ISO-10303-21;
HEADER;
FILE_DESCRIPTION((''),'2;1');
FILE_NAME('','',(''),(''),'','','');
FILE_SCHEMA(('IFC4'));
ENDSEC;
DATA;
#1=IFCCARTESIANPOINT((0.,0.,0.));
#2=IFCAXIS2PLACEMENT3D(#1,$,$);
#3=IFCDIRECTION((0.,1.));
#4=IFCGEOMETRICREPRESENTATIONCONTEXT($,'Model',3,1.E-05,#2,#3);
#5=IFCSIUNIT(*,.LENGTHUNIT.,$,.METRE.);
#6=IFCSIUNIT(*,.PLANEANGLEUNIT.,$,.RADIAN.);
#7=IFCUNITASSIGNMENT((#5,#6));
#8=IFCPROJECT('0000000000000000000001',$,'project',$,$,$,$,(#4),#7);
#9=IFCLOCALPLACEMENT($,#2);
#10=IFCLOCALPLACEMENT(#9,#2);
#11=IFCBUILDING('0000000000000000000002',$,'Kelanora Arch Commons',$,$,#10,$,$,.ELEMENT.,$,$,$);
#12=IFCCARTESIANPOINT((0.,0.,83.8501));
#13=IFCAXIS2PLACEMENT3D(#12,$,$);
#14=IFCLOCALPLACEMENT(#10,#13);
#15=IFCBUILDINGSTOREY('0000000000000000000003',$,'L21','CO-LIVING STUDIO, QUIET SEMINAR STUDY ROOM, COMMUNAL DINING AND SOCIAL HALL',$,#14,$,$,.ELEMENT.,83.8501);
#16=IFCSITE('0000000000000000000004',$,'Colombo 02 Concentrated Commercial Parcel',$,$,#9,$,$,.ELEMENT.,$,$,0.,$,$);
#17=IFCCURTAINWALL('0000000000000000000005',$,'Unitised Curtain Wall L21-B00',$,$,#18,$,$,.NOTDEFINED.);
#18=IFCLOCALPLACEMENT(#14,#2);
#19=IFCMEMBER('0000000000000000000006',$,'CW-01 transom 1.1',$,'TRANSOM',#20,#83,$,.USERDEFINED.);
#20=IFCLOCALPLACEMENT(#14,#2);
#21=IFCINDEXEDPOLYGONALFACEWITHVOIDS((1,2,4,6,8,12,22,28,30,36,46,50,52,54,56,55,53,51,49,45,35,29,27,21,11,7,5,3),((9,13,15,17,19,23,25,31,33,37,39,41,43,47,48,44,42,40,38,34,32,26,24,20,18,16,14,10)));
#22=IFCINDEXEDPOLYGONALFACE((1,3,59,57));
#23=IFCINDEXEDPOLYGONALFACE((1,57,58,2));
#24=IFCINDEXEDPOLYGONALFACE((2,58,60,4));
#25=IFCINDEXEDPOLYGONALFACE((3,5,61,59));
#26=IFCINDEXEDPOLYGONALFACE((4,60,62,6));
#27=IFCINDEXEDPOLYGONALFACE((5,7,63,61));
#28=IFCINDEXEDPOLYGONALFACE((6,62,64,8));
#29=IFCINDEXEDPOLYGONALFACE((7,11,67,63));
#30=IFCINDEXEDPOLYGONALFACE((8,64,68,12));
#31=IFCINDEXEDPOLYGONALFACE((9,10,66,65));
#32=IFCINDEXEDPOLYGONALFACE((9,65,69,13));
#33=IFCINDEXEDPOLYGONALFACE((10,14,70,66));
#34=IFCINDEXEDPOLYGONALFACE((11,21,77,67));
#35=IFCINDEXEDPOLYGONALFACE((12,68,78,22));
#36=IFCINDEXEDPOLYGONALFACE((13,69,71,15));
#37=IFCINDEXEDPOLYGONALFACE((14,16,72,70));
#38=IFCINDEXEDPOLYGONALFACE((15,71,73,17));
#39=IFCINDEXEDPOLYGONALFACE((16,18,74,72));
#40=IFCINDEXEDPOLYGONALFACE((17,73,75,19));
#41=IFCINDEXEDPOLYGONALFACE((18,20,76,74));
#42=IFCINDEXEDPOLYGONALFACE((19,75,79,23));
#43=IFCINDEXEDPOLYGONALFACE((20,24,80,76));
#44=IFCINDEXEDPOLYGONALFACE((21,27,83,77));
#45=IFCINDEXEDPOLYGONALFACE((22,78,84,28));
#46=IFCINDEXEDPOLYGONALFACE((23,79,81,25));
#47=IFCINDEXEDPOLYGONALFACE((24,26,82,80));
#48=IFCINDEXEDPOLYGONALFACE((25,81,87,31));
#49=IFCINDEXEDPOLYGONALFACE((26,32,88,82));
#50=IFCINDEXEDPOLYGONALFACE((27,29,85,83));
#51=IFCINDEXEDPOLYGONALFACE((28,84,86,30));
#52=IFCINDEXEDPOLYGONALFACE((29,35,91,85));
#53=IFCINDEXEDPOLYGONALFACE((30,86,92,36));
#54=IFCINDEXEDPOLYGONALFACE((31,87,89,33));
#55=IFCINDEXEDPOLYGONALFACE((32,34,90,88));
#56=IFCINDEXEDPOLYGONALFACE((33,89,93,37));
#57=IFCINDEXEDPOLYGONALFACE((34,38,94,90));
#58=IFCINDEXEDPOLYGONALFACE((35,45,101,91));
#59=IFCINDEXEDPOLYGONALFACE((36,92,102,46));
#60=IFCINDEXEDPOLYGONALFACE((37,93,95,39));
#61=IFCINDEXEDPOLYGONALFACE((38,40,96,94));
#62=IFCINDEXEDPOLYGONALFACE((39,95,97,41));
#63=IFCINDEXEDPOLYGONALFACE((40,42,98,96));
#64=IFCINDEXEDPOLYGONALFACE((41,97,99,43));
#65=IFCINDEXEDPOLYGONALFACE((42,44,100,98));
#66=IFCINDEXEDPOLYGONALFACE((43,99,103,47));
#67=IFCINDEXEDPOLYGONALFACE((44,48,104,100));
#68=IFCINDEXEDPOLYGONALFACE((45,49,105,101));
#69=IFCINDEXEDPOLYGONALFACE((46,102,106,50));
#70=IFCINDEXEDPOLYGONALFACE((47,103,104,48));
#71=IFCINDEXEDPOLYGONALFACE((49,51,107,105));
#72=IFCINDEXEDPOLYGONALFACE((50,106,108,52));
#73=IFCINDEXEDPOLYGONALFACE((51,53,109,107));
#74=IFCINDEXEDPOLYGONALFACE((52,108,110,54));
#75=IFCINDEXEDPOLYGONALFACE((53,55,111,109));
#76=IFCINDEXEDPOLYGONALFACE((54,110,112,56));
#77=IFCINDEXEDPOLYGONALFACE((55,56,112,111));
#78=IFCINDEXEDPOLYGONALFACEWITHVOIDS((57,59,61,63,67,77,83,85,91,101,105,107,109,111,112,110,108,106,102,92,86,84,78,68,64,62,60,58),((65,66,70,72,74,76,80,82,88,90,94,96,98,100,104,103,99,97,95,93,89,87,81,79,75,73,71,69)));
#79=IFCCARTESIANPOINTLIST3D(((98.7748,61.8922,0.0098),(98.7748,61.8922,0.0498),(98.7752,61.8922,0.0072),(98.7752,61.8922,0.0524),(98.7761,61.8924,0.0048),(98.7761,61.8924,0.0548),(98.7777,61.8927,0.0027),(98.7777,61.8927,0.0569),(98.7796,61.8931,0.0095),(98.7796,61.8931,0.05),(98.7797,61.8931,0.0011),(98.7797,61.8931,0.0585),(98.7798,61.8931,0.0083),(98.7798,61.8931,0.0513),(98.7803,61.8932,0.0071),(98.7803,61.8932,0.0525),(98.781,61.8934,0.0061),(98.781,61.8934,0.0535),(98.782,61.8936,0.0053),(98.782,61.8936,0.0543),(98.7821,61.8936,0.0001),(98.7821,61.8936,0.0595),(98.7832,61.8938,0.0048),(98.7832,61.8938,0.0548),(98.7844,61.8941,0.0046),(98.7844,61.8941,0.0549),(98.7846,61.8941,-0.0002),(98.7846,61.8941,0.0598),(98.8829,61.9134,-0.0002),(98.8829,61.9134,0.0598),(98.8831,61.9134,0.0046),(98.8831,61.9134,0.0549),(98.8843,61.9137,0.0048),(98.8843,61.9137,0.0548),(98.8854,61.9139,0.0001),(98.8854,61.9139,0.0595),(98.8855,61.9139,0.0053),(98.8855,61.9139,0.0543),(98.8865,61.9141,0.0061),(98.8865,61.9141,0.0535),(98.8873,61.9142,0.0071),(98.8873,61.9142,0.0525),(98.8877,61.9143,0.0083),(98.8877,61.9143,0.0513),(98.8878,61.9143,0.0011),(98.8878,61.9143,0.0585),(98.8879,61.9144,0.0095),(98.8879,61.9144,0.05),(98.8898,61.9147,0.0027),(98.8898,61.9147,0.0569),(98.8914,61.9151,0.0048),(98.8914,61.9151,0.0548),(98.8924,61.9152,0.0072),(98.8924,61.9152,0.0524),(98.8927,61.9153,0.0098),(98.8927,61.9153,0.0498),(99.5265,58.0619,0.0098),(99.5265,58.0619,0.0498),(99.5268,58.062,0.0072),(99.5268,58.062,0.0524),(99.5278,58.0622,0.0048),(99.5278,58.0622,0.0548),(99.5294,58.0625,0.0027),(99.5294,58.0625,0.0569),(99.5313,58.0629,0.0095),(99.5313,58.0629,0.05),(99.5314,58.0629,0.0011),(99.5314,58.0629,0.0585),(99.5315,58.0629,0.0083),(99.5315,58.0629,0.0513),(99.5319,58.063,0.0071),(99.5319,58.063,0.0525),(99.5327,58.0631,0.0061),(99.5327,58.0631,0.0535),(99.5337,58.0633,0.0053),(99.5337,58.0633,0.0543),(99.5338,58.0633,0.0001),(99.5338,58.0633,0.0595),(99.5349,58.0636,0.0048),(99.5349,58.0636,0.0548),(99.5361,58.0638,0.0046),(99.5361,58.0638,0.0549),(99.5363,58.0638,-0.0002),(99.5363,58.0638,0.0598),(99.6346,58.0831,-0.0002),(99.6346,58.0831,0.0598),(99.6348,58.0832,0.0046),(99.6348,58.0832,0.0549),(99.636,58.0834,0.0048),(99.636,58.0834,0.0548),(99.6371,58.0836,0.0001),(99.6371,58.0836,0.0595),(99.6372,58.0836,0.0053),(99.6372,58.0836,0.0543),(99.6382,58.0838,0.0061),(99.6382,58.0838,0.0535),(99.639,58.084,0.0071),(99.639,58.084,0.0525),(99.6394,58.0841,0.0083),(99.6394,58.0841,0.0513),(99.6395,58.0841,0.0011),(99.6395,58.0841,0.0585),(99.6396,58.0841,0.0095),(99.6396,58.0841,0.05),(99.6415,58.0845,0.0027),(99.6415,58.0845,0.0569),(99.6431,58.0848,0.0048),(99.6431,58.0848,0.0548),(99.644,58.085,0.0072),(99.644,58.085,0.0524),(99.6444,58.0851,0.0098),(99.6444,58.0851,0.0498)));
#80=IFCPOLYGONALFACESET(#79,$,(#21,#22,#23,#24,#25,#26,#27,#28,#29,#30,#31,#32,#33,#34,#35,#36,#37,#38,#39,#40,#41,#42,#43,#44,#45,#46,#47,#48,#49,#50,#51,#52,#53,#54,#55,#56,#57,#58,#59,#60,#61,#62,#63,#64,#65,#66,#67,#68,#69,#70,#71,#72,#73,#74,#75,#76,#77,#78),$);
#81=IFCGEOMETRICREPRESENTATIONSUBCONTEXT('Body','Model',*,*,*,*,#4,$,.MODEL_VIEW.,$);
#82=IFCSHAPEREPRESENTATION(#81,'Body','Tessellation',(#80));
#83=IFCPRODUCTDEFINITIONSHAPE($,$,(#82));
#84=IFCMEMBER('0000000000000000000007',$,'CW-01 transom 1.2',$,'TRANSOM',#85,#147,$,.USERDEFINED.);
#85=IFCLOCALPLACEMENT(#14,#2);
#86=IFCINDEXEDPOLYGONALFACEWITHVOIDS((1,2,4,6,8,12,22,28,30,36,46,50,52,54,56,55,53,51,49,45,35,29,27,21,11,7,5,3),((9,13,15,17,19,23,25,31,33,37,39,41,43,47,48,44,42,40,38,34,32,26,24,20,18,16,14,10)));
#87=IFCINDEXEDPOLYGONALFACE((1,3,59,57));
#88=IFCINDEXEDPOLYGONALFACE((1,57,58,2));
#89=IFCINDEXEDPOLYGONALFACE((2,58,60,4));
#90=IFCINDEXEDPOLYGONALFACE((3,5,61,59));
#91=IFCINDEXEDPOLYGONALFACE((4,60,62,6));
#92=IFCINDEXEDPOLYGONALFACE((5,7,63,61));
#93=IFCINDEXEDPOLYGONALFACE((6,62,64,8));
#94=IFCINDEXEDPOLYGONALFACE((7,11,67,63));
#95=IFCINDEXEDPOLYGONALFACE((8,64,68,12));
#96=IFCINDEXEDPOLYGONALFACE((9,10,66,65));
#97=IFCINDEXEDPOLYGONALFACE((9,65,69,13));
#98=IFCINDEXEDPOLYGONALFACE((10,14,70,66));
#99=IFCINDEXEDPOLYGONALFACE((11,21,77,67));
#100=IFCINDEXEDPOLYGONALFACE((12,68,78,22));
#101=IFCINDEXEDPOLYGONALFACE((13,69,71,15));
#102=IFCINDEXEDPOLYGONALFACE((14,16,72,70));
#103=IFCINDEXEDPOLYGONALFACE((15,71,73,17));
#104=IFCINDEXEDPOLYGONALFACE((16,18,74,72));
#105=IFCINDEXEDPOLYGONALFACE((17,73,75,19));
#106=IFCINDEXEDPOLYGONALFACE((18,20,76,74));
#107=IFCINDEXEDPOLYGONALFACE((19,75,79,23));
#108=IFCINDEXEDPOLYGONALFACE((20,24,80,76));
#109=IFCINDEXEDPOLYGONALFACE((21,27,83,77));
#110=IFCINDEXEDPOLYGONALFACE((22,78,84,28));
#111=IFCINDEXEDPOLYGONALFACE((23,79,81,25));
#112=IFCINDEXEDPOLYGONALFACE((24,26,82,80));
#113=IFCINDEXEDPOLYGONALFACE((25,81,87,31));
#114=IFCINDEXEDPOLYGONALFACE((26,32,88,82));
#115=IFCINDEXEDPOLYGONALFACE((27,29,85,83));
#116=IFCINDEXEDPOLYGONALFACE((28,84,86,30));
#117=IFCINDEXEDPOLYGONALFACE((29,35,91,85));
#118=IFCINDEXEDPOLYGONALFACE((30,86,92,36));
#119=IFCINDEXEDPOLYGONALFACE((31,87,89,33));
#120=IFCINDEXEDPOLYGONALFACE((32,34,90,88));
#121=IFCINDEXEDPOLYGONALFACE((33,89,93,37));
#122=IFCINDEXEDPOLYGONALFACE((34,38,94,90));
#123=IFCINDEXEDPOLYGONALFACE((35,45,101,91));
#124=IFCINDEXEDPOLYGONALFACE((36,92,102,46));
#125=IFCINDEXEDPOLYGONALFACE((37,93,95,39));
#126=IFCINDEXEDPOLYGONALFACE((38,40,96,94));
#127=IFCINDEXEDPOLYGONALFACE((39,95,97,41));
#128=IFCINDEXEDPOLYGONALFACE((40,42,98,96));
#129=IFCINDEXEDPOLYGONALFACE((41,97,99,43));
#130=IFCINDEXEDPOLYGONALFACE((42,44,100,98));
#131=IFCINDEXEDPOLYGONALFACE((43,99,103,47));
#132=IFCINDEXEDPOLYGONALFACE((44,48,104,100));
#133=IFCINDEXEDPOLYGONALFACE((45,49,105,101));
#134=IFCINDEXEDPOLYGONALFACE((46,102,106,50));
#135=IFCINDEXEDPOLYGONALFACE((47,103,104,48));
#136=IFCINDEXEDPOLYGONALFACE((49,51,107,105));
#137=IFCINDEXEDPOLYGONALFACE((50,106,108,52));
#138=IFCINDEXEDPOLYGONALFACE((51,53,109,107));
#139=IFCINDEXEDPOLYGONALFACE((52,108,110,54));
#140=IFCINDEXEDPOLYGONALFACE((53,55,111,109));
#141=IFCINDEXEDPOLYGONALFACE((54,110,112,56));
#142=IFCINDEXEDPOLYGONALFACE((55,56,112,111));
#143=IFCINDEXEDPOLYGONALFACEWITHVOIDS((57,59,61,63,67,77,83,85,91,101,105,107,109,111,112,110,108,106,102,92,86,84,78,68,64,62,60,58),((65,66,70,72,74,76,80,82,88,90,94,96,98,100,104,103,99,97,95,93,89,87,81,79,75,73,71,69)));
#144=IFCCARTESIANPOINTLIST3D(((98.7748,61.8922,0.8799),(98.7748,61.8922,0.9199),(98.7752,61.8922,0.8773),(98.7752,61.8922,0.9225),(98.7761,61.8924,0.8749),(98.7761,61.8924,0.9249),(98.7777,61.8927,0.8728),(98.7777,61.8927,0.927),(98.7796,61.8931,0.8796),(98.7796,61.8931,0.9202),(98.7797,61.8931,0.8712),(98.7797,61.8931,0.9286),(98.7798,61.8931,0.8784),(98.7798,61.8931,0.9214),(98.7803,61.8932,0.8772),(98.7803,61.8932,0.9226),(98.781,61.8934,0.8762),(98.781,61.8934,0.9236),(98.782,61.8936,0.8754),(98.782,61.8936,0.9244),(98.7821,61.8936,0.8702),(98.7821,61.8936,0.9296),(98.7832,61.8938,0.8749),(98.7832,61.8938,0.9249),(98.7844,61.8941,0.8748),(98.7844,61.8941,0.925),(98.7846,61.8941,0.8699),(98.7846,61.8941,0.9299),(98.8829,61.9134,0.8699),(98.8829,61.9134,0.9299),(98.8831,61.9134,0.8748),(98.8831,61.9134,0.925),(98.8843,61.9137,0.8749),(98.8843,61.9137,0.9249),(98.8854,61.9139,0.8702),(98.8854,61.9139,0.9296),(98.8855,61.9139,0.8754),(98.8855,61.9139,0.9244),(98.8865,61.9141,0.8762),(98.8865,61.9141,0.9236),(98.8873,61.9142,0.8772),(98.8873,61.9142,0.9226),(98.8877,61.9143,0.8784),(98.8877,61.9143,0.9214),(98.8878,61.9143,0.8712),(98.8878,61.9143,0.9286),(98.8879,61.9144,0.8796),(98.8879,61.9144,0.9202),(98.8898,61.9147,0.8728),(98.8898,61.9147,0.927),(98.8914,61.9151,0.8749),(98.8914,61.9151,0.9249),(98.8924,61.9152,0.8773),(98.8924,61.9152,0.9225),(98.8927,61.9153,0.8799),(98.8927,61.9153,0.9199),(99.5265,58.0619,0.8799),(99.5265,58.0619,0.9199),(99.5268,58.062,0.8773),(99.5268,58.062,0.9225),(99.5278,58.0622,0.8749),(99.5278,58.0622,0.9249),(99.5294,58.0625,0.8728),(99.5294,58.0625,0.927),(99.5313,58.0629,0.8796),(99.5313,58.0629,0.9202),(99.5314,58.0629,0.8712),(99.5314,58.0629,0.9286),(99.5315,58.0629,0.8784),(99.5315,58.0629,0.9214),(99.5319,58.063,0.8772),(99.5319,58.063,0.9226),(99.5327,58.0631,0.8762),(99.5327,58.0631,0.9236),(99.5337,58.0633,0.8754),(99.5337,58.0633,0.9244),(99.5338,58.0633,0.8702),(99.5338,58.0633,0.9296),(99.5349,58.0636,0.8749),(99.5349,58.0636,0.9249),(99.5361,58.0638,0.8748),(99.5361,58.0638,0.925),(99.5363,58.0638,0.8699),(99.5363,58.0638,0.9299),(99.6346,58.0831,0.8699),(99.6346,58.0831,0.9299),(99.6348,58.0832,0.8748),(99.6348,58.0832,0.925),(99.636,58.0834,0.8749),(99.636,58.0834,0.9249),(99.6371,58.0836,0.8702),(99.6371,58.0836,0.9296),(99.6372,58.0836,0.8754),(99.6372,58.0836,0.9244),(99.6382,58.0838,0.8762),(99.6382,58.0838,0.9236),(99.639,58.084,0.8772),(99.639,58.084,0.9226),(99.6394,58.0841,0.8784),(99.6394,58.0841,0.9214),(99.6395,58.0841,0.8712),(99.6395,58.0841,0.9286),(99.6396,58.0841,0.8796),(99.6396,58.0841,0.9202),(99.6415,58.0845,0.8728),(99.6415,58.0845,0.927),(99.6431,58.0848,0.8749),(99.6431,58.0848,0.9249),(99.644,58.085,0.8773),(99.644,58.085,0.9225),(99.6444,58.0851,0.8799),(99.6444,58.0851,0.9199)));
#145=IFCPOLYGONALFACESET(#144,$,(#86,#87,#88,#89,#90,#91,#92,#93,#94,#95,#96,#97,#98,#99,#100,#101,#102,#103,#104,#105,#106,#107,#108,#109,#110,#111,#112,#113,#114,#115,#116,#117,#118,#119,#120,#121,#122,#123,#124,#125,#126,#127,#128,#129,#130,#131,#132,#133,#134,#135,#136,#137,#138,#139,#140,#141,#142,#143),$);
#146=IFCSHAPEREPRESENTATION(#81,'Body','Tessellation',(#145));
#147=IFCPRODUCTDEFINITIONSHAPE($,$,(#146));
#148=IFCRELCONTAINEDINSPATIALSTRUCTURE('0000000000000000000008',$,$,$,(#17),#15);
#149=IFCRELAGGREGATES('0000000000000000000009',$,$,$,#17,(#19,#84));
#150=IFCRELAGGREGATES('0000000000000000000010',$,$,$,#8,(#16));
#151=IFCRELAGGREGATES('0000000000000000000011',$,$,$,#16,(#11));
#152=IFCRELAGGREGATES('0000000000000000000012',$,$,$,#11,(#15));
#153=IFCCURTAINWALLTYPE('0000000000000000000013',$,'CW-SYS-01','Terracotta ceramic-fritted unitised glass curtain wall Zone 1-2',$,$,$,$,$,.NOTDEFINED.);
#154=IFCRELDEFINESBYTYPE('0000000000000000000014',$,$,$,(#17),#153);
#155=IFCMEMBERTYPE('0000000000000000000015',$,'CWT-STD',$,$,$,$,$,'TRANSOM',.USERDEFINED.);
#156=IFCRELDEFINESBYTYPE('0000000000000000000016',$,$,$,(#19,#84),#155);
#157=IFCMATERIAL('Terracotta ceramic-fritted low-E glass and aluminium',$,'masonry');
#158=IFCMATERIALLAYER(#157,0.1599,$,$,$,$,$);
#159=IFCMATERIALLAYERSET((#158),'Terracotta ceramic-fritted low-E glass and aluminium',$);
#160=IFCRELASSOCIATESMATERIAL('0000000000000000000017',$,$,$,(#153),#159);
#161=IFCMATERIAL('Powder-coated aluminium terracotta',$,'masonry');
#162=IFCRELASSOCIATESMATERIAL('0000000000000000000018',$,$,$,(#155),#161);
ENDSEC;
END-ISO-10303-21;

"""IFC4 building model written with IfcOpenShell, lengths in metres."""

from ifc_helpers import new_model, si_unit, direction, frame, origin, origin_2d, place, context, subcontext, project, spatial, hollow_rectangle, extrude, material, layer, layer_set, material_profile, profile_set, type_object, element, aggregate, save


model = new_model("IFC4")

# Units and contexts
model_context = context("Model", 3, precision=1e-05, world=origin(), true_north=direction((0.0, 1.0)))
body_context = subcontext(model_context, "Body", "Model", "MODEL_VIEW")
ifc_project = project(units=[si_unit("LENGTHUNIT", "METRE"), si_unit("PLANEANGLEUNIT", "RADIAN")], contexts=[model_context])

# Site, building, storey
site_placement = place(None, origin())
site = spatial("IfcSite", under=ifc_project, at=site_placement, Name="Colombo 02 Concentrated Commercial Parcel", CompositionType="ELEMENT", RefElevation=0.0)
building_placement = place(site_placement, origin())
building = spatial("IfcBuilding", under=site, at=building_placement, Name="Kelanora Arch Commons", CompositionType="ELEMENT")
storey_placement = place(building_placement, frame((0.0, 0.0, 83.8501)))
storey = spatial("IfcBuildingStorey", under=building, at=storey_placement, Name="L21", Description="CO-LIVING STUDIO, QUIET SEMINAR STUDY ROOM, COMMUNAL DINING AND SOCIAL HALL", CompositionType="ELEMENT", Elevation=83.8501)

# Curtain wall
ifc_material_1 = material(Name="Terracotta ceramic-fritted low-E glass and aluminium", Category="masonry")
ifc_layer_1 = layer(ifc_material_1, 0.1599)
ifc_layer_set_1 = layer_set([ifc_layer_1], Name="Terracotta ceramic-fritted low-E glass and aluminium")
curtain_wall_type = type_object("IfcCurtainWallType", Name="CW-SYS-01", Description="Terracotta ceramic-fritted unitised glass curtain wall Zone 1-2", PredefinedType="NOTDEFINED", material=ifc_layer_set_1)
curtain_wall_1_placement = place(storey_placement, origin())
curtain_wall_1 = element("IfcCurtainWall", 1, at=curtain_wall_1_placement, inside=storey, type_object=curtain_wall_type, Name="Unitised Curtain Wall L21-B00", PredefinedType="NOTDEFINED")
ifc_material_2 = material(Name="Powder-coated aluminium terracotta", Category="masonry")

# Members
ifc_material_profile_1 = material_profile(ifc_material_2, hollow_rectangle(XDim=0.1201, YDim=0.0601, WallThickness=0.0049, InnerFilletRadius=0.0049, OuterFilletRadius=0.01, at=origin_2d()), Name="CWT120x60")
ifc_profile_set_1 = profile_set([ifc_material_profile_1], Name="Powder-coated aluminium terracotta")
member_type_1 = type_object("IfcMemberType", Name="CWT-STD", ElementType="TRANSOM", PredefinedType="USERDEFINED", material=ifc_profile_set_1)
member_1_placement = place(storey_placement, frame((99.5854, 58.0735, 0.0298), z_axis=(-0.192579, 0.981282, 0.0), x_axis=(-0.981282, -0.192579, 0.0)))
member_1 = element("IfcMember", 2, at=member_1_placement, type_object=member_type_1, Name="CW-01 transom 1.1", ObjectType="TRANSOM", PredefinedType="USERDEFINED", context=body_context, shape_type="SweptSolid", body=[
    extrude(hollow_rectangle(XDim=0.1201, YDim=0.0601, WallThickness=0.0049, InnerFilletRadius=0.0049, OuterFilletRadius=0.01, at=origin_2d()), origin(), (0.0, 0.0, 1.0), 3.9033),
])
member_2_placement = place(storey_placement, frame((99.5854, 58.0735, 0.8999), z_axis=(-0.192579, 0.981282, 0.0), x_axis=(-0.981282, -0.192579, 0.0)))
member_2 = element("IfcMember", 3, at=member_2_placement, type_object=member_type_1, Name="CW-01 transom 1.2", ObjectType="TRANSOM", PredefinedType="USERDEFINED", context=body_context, shape_type="SweptSolid", body=[
    extrude(hollow_rectangle(XDim=0.1201, YDim=0.0601, WallThickness=0.0049, InnerFilletRadius=0.0049, OuterFilletRadius=0.01, at=origin_2d()), origin(), (0.0, 0.0, 1.0), 3.9033),
])
aggregate(curtain_wall_1, [member_1, member_2])

save(model, "model.ifc")
